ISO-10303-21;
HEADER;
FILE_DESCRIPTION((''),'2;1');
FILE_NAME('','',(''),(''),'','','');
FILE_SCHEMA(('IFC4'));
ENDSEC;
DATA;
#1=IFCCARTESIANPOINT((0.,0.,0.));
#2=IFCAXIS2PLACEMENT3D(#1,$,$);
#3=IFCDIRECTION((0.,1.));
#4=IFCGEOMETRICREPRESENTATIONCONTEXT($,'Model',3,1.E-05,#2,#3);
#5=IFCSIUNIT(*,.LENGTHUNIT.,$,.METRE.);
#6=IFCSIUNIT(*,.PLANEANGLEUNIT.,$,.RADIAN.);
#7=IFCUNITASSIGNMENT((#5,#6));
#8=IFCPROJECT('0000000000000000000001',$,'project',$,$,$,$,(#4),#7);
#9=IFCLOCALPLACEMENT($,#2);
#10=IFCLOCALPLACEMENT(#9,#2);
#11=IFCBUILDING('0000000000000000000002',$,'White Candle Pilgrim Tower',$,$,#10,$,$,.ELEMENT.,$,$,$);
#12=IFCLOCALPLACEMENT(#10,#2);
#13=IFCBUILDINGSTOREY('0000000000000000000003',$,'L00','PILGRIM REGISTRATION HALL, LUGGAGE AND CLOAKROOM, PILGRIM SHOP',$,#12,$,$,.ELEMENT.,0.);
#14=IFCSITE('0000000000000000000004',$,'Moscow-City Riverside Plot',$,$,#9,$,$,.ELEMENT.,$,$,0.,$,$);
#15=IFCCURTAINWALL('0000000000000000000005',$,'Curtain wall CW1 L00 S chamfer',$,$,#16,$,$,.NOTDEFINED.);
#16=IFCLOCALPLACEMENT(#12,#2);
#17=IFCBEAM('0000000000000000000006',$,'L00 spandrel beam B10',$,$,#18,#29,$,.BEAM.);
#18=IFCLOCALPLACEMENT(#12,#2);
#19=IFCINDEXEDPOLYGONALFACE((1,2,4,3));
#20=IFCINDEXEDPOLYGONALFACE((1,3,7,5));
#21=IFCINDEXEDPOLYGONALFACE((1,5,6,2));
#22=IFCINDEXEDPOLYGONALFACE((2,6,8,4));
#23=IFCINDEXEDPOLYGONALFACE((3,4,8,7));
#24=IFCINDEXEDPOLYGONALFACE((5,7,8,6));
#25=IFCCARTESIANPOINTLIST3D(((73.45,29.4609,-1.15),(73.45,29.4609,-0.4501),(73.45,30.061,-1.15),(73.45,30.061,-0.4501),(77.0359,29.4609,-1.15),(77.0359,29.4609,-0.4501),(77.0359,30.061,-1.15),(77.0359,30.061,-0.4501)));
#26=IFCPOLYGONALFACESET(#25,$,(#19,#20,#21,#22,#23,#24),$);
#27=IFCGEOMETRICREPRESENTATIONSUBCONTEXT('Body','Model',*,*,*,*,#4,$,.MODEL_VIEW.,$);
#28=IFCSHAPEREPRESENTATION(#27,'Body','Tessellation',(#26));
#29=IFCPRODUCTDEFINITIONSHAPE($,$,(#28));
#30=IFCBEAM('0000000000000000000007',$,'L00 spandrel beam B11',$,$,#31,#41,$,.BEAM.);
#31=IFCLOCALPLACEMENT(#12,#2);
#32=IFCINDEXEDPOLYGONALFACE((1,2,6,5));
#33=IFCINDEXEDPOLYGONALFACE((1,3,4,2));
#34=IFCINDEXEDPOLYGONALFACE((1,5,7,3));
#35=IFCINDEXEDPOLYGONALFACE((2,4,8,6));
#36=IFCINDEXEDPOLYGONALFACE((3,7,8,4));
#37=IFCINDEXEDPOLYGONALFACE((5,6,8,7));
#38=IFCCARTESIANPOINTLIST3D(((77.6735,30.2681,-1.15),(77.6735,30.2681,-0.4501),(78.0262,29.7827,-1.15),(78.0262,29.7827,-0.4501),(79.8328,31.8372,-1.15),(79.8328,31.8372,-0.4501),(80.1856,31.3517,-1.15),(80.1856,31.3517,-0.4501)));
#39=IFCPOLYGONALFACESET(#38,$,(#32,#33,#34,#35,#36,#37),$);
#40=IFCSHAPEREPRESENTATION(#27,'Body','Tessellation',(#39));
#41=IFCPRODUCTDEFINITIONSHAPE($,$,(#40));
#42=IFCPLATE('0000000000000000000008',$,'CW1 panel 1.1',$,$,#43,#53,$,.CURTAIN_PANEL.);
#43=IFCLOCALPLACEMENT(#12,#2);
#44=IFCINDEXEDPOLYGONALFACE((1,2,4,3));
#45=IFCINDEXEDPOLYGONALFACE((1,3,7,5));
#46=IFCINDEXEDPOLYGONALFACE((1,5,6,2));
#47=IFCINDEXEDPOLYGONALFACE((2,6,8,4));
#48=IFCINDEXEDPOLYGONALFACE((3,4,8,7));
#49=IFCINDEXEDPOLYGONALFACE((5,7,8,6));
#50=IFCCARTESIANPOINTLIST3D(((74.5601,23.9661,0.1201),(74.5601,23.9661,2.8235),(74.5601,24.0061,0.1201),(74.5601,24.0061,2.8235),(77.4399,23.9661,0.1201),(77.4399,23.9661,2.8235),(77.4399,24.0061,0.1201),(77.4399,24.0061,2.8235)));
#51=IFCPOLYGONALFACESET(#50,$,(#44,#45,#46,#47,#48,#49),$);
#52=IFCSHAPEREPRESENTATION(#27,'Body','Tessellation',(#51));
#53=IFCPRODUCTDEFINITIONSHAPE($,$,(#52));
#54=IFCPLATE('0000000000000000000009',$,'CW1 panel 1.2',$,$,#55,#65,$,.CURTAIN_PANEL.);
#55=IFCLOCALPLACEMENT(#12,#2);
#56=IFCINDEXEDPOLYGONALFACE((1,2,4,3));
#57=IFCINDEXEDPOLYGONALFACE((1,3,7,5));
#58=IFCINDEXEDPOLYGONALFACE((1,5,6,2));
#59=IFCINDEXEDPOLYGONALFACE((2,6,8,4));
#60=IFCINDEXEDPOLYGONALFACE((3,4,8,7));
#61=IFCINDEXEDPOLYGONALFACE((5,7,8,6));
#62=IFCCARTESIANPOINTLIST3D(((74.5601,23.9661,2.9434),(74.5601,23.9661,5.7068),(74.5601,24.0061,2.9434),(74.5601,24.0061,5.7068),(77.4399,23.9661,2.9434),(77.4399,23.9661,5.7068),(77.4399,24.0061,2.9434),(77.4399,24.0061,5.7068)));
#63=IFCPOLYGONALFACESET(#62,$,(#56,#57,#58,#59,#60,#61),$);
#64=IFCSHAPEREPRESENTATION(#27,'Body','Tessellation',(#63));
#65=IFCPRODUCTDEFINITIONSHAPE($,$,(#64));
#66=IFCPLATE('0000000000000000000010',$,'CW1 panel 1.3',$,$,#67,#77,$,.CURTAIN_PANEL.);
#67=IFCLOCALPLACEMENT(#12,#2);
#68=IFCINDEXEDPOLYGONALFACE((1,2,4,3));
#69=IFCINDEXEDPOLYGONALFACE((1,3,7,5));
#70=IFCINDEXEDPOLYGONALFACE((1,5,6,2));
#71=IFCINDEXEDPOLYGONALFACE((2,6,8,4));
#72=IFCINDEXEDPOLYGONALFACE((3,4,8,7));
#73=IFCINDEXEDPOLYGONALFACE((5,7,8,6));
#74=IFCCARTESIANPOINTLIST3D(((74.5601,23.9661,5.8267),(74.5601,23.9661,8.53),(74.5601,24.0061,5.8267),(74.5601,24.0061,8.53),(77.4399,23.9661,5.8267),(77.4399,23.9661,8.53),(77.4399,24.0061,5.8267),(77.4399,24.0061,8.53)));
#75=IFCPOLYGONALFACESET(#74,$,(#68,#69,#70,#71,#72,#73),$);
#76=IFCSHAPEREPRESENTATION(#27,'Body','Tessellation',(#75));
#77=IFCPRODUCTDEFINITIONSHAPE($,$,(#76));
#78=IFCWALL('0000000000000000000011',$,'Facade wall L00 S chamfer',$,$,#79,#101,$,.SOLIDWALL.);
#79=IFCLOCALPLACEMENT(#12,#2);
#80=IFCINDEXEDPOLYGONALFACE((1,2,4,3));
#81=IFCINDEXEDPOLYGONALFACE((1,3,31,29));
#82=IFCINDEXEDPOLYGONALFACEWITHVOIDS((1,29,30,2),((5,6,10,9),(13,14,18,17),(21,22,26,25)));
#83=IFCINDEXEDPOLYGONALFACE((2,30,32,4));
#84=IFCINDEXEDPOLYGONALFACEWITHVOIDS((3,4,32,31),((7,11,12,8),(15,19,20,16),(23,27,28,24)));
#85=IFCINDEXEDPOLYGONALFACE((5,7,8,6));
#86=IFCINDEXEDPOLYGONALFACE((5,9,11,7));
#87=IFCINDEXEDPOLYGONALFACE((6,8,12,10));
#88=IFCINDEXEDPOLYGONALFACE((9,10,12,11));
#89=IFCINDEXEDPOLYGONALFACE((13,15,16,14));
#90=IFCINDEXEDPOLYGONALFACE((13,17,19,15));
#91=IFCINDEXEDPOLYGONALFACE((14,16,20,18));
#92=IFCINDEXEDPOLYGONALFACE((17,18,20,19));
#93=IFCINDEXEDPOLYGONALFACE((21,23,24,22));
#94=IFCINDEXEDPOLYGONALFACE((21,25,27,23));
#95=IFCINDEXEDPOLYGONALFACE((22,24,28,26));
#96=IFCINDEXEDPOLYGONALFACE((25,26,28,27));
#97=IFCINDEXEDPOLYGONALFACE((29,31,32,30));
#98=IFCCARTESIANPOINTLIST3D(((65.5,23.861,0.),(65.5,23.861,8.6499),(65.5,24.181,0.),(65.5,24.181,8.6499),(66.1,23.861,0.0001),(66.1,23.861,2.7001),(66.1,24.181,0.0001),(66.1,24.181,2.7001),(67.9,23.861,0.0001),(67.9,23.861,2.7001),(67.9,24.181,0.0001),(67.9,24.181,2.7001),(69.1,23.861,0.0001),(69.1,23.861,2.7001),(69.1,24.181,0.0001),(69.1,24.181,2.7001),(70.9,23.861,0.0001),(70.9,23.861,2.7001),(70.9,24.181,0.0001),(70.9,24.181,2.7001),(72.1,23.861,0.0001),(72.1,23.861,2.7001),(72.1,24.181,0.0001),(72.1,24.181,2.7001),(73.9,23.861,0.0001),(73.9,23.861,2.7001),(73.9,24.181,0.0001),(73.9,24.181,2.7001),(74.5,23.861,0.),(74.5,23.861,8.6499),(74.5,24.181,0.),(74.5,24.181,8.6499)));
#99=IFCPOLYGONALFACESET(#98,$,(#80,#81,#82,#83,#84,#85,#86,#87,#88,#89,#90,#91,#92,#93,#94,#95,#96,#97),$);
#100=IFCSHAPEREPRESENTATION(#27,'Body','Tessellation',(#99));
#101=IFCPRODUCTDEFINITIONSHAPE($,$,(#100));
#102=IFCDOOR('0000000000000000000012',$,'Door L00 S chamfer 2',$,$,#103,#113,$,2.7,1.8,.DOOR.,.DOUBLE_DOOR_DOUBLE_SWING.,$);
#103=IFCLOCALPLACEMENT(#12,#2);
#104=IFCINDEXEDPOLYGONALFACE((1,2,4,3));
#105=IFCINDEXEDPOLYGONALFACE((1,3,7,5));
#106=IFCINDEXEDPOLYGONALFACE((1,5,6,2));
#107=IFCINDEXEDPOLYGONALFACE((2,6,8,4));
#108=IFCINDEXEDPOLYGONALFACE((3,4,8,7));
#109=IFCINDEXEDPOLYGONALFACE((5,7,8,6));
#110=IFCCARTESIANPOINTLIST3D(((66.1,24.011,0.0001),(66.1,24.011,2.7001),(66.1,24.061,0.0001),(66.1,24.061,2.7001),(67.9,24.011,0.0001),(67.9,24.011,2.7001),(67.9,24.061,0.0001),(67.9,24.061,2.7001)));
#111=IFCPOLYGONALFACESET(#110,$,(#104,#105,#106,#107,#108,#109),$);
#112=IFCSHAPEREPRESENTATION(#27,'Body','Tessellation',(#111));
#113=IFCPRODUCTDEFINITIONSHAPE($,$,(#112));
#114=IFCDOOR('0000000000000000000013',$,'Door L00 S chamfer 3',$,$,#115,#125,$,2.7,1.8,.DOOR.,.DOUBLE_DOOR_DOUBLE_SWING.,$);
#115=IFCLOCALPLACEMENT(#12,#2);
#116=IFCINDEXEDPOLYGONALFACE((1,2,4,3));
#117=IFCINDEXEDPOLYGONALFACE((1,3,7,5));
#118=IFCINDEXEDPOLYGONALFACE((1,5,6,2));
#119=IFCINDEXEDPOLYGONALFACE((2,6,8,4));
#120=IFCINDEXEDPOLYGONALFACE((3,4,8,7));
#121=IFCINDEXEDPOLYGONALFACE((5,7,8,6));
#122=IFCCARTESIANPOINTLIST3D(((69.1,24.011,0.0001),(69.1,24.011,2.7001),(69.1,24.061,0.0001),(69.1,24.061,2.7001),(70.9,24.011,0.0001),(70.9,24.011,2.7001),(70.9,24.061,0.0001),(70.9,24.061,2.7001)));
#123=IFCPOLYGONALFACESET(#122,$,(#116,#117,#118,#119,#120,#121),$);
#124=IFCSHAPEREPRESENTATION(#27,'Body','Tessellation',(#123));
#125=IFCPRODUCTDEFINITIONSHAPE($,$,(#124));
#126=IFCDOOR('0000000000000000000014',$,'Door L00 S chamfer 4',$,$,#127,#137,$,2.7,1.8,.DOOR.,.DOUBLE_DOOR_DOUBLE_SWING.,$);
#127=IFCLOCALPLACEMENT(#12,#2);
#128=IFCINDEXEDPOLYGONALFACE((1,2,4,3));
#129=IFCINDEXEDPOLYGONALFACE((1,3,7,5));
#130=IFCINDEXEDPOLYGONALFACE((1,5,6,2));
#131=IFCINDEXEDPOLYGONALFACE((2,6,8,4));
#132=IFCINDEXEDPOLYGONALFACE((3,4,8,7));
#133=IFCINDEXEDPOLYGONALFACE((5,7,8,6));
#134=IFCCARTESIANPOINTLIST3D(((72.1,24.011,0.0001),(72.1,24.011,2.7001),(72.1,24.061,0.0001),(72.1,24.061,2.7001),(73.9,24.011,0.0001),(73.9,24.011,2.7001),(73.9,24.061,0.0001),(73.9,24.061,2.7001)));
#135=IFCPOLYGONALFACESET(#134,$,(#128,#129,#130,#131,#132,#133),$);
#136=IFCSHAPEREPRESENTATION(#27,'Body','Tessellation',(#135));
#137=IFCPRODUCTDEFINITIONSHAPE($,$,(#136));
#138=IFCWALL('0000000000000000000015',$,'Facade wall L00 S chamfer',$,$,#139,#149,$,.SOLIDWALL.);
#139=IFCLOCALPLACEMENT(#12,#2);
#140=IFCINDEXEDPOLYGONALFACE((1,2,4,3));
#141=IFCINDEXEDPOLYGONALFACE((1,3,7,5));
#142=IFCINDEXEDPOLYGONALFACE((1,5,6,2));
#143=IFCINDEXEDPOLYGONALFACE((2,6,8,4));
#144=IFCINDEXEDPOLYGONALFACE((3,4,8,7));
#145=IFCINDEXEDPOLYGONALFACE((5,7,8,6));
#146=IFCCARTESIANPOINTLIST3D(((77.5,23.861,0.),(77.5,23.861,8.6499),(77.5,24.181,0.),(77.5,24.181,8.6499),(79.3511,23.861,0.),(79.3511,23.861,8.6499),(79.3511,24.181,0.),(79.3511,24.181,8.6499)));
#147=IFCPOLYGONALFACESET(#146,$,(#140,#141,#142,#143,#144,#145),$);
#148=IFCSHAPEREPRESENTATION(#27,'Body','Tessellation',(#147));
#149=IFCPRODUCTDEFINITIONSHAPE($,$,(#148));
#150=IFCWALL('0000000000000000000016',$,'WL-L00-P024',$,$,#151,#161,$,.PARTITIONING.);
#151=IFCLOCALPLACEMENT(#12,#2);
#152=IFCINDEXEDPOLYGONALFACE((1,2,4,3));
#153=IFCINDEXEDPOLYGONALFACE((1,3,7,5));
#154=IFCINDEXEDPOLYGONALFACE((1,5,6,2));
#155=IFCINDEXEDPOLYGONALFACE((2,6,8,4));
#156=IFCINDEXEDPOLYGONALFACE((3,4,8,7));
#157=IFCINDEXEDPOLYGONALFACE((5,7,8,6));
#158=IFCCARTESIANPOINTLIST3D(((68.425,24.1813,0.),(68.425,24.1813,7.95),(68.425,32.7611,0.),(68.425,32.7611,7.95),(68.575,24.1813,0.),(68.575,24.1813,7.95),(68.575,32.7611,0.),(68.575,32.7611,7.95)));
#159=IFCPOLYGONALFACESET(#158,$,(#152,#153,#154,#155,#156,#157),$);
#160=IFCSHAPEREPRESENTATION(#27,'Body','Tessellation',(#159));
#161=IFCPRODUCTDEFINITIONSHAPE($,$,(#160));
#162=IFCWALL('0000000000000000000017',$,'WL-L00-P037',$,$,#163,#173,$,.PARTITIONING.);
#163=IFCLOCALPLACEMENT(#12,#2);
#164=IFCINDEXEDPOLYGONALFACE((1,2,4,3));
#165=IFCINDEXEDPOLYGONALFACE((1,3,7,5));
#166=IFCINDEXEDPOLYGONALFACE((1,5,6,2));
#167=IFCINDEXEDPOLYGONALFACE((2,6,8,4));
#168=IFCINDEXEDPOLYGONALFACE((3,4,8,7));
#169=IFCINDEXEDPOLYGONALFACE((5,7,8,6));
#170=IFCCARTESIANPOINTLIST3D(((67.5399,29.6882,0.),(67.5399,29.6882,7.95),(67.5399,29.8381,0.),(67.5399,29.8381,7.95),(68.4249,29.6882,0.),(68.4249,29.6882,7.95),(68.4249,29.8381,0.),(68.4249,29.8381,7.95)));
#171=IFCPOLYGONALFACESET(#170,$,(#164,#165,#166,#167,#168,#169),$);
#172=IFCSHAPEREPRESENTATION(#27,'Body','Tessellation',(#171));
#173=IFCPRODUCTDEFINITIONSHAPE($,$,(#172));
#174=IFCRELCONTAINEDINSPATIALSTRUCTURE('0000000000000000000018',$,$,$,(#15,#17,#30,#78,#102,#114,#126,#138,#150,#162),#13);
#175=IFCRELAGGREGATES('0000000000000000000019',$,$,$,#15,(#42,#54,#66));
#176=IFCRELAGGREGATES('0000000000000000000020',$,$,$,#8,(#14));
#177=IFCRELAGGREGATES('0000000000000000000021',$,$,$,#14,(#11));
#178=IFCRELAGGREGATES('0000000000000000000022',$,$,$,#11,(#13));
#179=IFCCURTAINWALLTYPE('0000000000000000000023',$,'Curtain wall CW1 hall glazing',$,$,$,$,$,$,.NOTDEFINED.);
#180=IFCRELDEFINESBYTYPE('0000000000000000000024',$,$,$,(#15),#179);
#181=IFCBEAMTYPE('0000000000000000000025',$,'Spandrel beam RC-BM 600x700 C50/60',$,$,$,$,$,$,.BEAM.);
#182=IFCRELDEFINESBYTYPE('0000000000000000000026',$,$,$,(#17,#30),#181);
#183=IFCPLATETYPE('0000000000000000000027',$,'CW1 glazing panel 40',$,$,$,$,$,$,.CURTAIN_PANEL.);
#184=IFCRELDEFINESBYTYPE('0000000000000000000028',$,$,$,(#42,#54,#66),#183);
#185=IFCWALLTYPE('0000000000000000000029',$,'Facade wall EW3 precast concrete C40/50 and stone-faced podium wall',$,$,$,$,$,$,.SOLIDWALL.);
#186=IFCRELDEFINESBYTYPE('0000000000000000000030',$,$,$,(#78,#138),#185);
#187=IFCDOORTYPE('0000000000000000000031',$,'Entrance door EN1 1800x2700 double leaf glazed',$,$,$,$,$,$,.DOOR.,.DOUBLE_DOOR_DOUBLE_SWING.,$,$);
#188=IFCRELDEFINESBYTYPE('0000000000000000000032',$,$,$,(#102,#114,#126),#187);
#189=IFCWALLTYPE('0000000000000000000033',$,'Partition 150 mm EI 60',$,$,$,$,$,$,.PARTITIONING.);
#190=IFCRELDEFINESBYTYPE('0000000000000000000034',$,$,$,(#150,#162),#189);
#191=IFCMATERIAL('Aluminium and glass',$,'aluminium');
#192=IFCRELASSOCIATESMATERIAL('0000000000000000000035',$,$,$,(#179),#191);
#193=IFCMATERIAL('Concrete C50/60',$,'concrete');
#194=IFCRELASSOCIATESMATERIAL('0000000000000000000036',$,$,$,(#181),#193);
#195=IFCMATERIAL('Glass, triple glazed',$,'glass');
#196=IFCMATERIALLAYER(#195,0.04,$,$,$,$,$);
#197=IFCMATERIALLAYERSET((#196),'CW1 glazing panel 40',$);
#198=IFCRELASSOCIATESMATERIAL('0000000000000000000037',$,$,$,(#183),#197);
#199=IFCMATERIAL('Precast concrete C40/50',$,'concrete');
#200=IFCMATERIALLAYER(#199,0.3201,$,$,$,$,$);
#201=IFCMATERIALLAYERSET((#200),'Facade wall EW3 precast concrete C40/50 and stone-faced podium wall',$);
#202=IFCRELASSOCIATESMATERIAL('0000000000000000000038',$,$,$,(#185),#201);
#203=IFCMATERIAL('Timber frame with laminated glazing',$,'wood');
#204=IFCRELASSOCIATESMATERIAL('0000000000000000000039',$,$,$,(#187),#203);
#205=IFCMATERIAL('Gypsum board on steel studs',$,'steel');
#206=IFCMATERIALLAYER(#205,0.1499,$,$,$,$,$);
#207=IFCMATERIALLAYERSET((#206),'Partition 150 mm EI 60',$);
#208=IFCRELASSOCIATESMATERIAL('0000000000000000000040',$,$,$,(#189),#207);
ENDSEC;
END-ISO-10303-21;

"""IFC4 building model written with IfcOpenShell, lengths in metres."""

from ifc_helpers import new_model, si_unit, direction, frame, frame_2d, origin, origin_2d, place, context, subcontext, project, spatial, rectangle, extrude, material, layer, layer_set, material_profile, profile_set, type_object, element, fill, aggregate, save


model = new_model("IFC4")

# Units and contexts
model_context = context("Model", 3, precision=1e-05, world=origin(), true_north=direction((0.0, 1.0)))
body_context = subcontext(model_context, "Body", "Model", "MODEL_VIEW")
ifc_project = project(units=[si_unit("LENGTHUNIT", "METRE"), si_unit("PLANEANGLEUNIT", "RADIAN")], contexts=[model_context])

# Site, building, storey
site_placement = place(None, origin())
site = spatial("IfcSite", under=ifc_project, at=site_placement, Name="Moscow-City Riverside Plot", CompositionType="ELEMENT", RefElevation=0.0)
building_placement = place(site_placement, origin())
building = spatial("IfcBuilding", under=site, at=building_placement, Name="White Candle Pilgrim Tower", CompositionType="ELEMENT")
storey_placement = place(building_placement, origin())
storey = spatial("IfcBuildingStorey", under=building, at=storey_placement, Name="L00", Description="PILGRIM REGISTRATION HALL, LUGGAGE AND CLOAKROOM, PILGRIM SHOP", CompositionType="ELEMENT", Elevation=0.0)

# Shared definitions
ifc_material_1 = material(Name="Aluminium and glass", Category="aluminium")
curtain_wall_type = type_object("IfcCurtainWallType", Name="Curtain wall CW1 hall glazing", PredefinedType="NOTDEFINED", material=ifc_material_1)

# Curtain wall
curtain_wall_1_placement = place(storey_placement, origin())
curtain_wall_1 = element("IfcCurtainWall", 1, at=curtain_wall_1_placement, inside=storey, type_object=curtain_wall_type, Name="Curtain wall CW1 L00 S chamfer", PredefinedType="NOTDEFINED")

# Beams
ifc_material_2 = material(Name="Concrete C50/60", Category="concrete")
ifc_material_profile_1 = material_profile(ifc_material_2, rectangle(XDim=0.6001, YDim=0.7, at=origin_2d()), Name="RC-BM 600x700")
ifc_profile_set_1 = profile_set([ifc_material_profile_1], Name="Concrete C50/60")
beam_type = type_object("IfcBeamType", Name="Spandrel beam RC-BM 600x700 C50/60", PredefinedType="BEAM", material=ifc_profile_set_1)
beam_1_placement = place(storey_placement, frame((73.45, 29.761, -0.8), z_axis=(1.0, 0.0, 0.0), x_axis=(0.0, 1.0, 0.0)))
element("IfcBeam", 2, at=beam_1_placement, inside=storey, type_object=beam_type, Name="L00 spandrel beam B10", PredefinedType="BEAM", context=body_context, shape_type="SweptSolid", body=[
    extrude(rectangle(XDim=0.6001, YDim=0.7, at=origin_2d()), origin(), (0.0, 0.0, 1.0), 3.5859),
])
beam_2_placement = place(storey_placement, frame((77.8499, 30.0254, -0.8), z_axis=(0.808985, 0.587829, 0.0), x_axis=(-0.587829, 0.808985, 0.0)))
element("IfcBeam", 3, at=beam_2_placement, inside=storey, type_object=beam_type, Name="L00 spandrel beam B11", PredefinedType="BEAM", context=body_context, shape_type="SweptSolid", body=[
    extrude(rectangle(XDim=0.6001, YDim=0.7, at=origin_2d()), origin(), (0.0, 0.0, 1.0), 2.6692),
])

# Plates
ifc_material_3 = material(Name="Glass, triple glazed", Category="glass")
ifc_layer_1 = layer(ifc_material_3, 0.04)
ifc_layer_set_1 = layer_set([ifc_layer_1], Name="CW1 glazing panel 40")
plate_type = type_object("IfcPlateType", Name="CW1 glazing panel 40", PredefinedType="CURTAIN_PANEL", material=ifc_layer_set_1)
plate_1_placement = place(storey_placement, frame((76.0, 23.9861, 0.1201), z_axis=(0.0, 0.0, 1.0), x_axis=(1.0, 0.0, 0.0)))
plate_1 = element("IfcPlate", 4, at=plate_1_placement, type_object=plate_type, Name="CW1 panel 1.1", PredefinedType="CURTAIN_PANEL", context=body_context, shape_type="SweptSolid", body=[
    extrude(rectangle(XDim=2.8799, YDim=0.04, at=origin_2d()), origin(), (0.0, 0.0, 1.0), 2.7034),
])
plate_2_placement = place(storey_placement, frame((76.0, 23.9861, 2.9434), z_axis=(0.0, 0.0, 1.0), x_axis=(1.0, 0.0, 0.0)))
plate_2 = element("IfcPlate", 5, at=plate_2_placement, type_object=plate_type, Name="CW1 panel 1.2", PredefinedType="CURTAIN_PANEL", context=body_context, shape_type="SweptSolid", body=[
    extrude(rectangle(XDim=2.8799, YDim=0.04, at=origin_2d()), origin(), (0.0, 0.0, 1.0), 2.7634),
])
plate_3_placement = place(storey_placement, frame((76.0, 23.9861, 5.8267), z_axis=(0.0, 0.0, 1.0), x_axis=(1.0, 0.0, 0.0)))
plate_3 = element("IfcPlate", 6, at=plate_3_placement, type_object=plate_type, Name="CW1 panel 1.3", PredefinedType="CURTAIN_PANEL", context=body_context, shape_type="SweptSolid", body=[
    extrude(rectangle(XDim=2.8799, YDim=0.04, at=origin_2d()), origin(), (0.0, 0.0, 1.0), 2.7034),
])
aggregate(curtain_wall_1, [plate_1, plate_2, plate_3])

# Wall, openings, doors
ifc_material_4 = material(Name="Precast concrete C40/50", Category="concrete")
ifc_layer_2 = layer(ifc_material_4, 0.3201)
ifc_layer_set_2 = layer_set([ifc_layer_2], Name="Facade wall EW3 precast concrete C40/50 and stone-faced podium wall")
wall_type_1 = type_object("IfcWallType", Name="Facade wall EW3 precast concrete C40/50 and stone-faced podium wall", PredefinedType="SOLIDWALL", material=ifc_layer_set_2)
wall_1_placement = place(storey_placement, frame((65.5, 24.021, 0.0), z_axis=(0.0, 0.0, 1.0), x_axis=(1.0, 0.0, 0.0)))
wall_1 = element("IfcWall", 7, at=wall_1_placement, inside=storey, type_object=wall_type_1, Name="Facade wall L00 S chamfer", PredefinedType="SOLIDWALL", context=body_context, shape_type="SweptSolid", body=[
    extrude(rectangle(XDim=9.0, YDim=0.3201, at=frame_2d((4.5, 0.0))), origin(), (0.0, 0.0, 1.0), 8.6499),
])
opening_1_placement = place(wall_1_placement, frame((0.6001, 0.0, 0.0)))
opening_1 = element("IfcOpeningElement", 8, at=opening_1_placement, cuts=wall_1, PredefinedType="OPENING", context=body_context, shape_type="SweptSolid", body=[
    extrude(rectangle(XDim=1.8, YDim=2.7, at=frame_2d((0.8999, 1.3501))), frame((0.0, 0.1699, 0.0), z_axis=(0.0, -1.0, 0.0), x_axis=(1.0, 0.0, 0.0)), (0.0, 0.0, 1.0), 0.3401),
])
opening_2_placement = place(wall_1_placement, frame((3.6001, 0.0, 0.0)))
opening_2 = element("IfcOpeningElement", 9, at=opening_2_placement, cuts=wall_1, PredefinedType="OPENING", context=body_context, shape_type="SweptSolid", body=[
    extrude(rectangle(XDim=1.8, YDim=2.7, at=frame_2d((0.8999, 1.3501))), frame((0.0, 0.1699, 0.0), z_axis=(0.0, -1.0, 0.0), x_axis=(1.0, 0.0, 0.0)), (0.0, 0.0, 1.0), 0.3401),
])
opening_3_placement = place(wall_1_placement, frame((6.6001, 0.0, 0.0)))
opening_3 = element("IfcOpeningElement", 10, at=opening_3_placement, cuts=wall_1, PredefinedType="OPENING", context=body_context, shape_type="SweptSolid", body=[
    extrude(rectangle(XDim=1.8, YDim=2.7, at=frame_2d((0.8999, 1.3501))), frame((0.0, 0.1699, 0.0), z_axis=(0.0, -1.0, 0.0), x_axis=(1.0, 0.0, 0.0)), (0.0, 0.0, 1.0), 0.3401),
])
ifc_material_5 = material(Name="Timber frame with laminated glazing", Category="wood")
door_type = type_object("IfcDoorType", Name="Entrance door EN1 1800x2700 double leaf glazed", OperationType="DOUBLE_DOOR_DOUBLE_SWING", PredefinedType="DOOR", material=ifc_material_5)
door_1_placement = place(opening_1_placement, origin())
door_1 = element("IfcDoor", 11, at=door_1_placement, inside=storey, type_object=door_type, Name="Door L00 S chamfer 2", OperationType="DOUBLE_DOOR_DOUBLE_SWING", OverallHeight=2.7, OverallWidth=1.8, PredefinedType="DOOR", context=body_context, shape_type="SweptSolid", body=[
    extrude(rectangle(XDim=1.8, YDim=2.7, at=frame_2d((0.8999, 1.3501))), frame((0.0, 0.04, 0.0), z_axis=(0.0, -1.0, 0.0), x_axis=(1.0, 0.0, 0.0)), (0.0, 0.0, 1.0), 0.05),
])
fill(opening_1, door_1)
door_2_placement = place(opening_2_placement, origin())
door_2 = element("IfcDoor", 12, at=door_2_placement, inside=storey, type_object=door_type, Name="Door L00 S chamfer 3", OperationType="DOUBLE_DOOR_DOUBLE_SWING", OverallHeight=2.7, OverallWidth=1.8, PredefinedType="DOOR", context=body_context, shape_type="SweptSolid", body=[
    extrude(rectangle(XDim=1.8, YDim=2.7, at=frame_2d((0.8999, 1.3501))), frame((0.0, 0.04, 0.0), z_axis=(0.0, -1.0, 0.0), x_axis=(1.0, 0.0, 0.0)), (0.0, 0.0, 1.0), 0.05),
])
fill(opening_2, door_2)
door_3_placement = place(opening_3_placement, origin())
door_3 = element("IfcDoor", 13, at=door_3_placement, inside=storey, type_object=door_type, Name="Door L00 S chamfer 4", OperationType="DOUBLE_DOOR_DOUBLE_SWING", OverallHeight=2.7, OverallWidth=1.8, PredefinedType="DOOR", context=body_context, shape_type="SweptSolid", body=[
    extrude(rectangle(XDim=1.8, YDim=2.7, at=frame_2d((0.8999, 1.3501))), frame((0.0, 0.04, 0.0), z_axis=(0.0, -1.0, 0.0), x_axis=(1.0, 0.0, 0.0)), (0.0, 0.0, 1.0), 0.05),
])
fill(opening_3, door_3)

# Walls
wall_2_placement = place(storey_placement, frame((77.5, 24.021, 0.0), z_axis=(0.0, 0.0, 1.0), x_axis=(1.0, 0.0, 0.0)))
element("IfcWall", 14, at=wall_2_placement, inside=storey, type_object=wall_type_1, Name="Facade wall L00 S chamfer", PredefinedType="SOLIDWALL", context=body_context, shape_type="SweptSolid", body=[
    extrude(rectangle(XDim=1.8511, YDim=0.3201, at=frame_2d((0.9255, 0.0))), origin(), (0.0, 0.0, 1.0), 8.6499),
])
ifc_material_6 = material(Name="Gypsum board on steel studs", Category="steel")
ifc_layer_3 = layer(ifc_material_6, 0.1499)
ifc_layer_set_3 = layer_set([ifc_layer_3], Name="Partition 150 mm EI 60")
wall_type_2 = type_object("IfcWallType", Name="Partition 150 mm EI 60", PredefinedType="PARTITIONING", material=ifc_layer_set_3)
wall_3_placement = place(storey_placement, frame((68.5, 24.1812, 0.0), z_axis=(0.0, 0.0, 1.0), x_axis=(0.0, 1.0, 0.0)))
element("IfcWall", 15, at=wall_3_placement, inside=storey, type_object=wall_type_2, Name="WL-L00-P024", PredefinedType="PARTITIONING", context=body_context, shape_type="SweptSolid", body=[
    extrude(rectangle(XDim=8.5798, YDim=0.1499, at=frame_2d((4.29, 0.0))), origin(), (0.0, 0.0, 1.0), 7.95),
])
wall_4_placement = place(storey_placement, frame((67.54, 29.7632, 0.0), z_axis=(0.0, 0.0, 1.0), x_axis=(1.0, 0.0, 0.0)))
element("IfcWall", 16, at=wall_4_placement, inside=storey, type_object=wall_type_2, Name="WL-L00-P037", PredefinedType="PARTITIONING", context=body_context, shape_type="SweptSolid", body=[
    extrude(rectangle(XDim=0.885, YDim=0.1499, at=frame_2d((0.4424, 0.0))), origin(), (0.0, 0.0, 1.0), 7.95),
])

save(model, "model.ifc")
